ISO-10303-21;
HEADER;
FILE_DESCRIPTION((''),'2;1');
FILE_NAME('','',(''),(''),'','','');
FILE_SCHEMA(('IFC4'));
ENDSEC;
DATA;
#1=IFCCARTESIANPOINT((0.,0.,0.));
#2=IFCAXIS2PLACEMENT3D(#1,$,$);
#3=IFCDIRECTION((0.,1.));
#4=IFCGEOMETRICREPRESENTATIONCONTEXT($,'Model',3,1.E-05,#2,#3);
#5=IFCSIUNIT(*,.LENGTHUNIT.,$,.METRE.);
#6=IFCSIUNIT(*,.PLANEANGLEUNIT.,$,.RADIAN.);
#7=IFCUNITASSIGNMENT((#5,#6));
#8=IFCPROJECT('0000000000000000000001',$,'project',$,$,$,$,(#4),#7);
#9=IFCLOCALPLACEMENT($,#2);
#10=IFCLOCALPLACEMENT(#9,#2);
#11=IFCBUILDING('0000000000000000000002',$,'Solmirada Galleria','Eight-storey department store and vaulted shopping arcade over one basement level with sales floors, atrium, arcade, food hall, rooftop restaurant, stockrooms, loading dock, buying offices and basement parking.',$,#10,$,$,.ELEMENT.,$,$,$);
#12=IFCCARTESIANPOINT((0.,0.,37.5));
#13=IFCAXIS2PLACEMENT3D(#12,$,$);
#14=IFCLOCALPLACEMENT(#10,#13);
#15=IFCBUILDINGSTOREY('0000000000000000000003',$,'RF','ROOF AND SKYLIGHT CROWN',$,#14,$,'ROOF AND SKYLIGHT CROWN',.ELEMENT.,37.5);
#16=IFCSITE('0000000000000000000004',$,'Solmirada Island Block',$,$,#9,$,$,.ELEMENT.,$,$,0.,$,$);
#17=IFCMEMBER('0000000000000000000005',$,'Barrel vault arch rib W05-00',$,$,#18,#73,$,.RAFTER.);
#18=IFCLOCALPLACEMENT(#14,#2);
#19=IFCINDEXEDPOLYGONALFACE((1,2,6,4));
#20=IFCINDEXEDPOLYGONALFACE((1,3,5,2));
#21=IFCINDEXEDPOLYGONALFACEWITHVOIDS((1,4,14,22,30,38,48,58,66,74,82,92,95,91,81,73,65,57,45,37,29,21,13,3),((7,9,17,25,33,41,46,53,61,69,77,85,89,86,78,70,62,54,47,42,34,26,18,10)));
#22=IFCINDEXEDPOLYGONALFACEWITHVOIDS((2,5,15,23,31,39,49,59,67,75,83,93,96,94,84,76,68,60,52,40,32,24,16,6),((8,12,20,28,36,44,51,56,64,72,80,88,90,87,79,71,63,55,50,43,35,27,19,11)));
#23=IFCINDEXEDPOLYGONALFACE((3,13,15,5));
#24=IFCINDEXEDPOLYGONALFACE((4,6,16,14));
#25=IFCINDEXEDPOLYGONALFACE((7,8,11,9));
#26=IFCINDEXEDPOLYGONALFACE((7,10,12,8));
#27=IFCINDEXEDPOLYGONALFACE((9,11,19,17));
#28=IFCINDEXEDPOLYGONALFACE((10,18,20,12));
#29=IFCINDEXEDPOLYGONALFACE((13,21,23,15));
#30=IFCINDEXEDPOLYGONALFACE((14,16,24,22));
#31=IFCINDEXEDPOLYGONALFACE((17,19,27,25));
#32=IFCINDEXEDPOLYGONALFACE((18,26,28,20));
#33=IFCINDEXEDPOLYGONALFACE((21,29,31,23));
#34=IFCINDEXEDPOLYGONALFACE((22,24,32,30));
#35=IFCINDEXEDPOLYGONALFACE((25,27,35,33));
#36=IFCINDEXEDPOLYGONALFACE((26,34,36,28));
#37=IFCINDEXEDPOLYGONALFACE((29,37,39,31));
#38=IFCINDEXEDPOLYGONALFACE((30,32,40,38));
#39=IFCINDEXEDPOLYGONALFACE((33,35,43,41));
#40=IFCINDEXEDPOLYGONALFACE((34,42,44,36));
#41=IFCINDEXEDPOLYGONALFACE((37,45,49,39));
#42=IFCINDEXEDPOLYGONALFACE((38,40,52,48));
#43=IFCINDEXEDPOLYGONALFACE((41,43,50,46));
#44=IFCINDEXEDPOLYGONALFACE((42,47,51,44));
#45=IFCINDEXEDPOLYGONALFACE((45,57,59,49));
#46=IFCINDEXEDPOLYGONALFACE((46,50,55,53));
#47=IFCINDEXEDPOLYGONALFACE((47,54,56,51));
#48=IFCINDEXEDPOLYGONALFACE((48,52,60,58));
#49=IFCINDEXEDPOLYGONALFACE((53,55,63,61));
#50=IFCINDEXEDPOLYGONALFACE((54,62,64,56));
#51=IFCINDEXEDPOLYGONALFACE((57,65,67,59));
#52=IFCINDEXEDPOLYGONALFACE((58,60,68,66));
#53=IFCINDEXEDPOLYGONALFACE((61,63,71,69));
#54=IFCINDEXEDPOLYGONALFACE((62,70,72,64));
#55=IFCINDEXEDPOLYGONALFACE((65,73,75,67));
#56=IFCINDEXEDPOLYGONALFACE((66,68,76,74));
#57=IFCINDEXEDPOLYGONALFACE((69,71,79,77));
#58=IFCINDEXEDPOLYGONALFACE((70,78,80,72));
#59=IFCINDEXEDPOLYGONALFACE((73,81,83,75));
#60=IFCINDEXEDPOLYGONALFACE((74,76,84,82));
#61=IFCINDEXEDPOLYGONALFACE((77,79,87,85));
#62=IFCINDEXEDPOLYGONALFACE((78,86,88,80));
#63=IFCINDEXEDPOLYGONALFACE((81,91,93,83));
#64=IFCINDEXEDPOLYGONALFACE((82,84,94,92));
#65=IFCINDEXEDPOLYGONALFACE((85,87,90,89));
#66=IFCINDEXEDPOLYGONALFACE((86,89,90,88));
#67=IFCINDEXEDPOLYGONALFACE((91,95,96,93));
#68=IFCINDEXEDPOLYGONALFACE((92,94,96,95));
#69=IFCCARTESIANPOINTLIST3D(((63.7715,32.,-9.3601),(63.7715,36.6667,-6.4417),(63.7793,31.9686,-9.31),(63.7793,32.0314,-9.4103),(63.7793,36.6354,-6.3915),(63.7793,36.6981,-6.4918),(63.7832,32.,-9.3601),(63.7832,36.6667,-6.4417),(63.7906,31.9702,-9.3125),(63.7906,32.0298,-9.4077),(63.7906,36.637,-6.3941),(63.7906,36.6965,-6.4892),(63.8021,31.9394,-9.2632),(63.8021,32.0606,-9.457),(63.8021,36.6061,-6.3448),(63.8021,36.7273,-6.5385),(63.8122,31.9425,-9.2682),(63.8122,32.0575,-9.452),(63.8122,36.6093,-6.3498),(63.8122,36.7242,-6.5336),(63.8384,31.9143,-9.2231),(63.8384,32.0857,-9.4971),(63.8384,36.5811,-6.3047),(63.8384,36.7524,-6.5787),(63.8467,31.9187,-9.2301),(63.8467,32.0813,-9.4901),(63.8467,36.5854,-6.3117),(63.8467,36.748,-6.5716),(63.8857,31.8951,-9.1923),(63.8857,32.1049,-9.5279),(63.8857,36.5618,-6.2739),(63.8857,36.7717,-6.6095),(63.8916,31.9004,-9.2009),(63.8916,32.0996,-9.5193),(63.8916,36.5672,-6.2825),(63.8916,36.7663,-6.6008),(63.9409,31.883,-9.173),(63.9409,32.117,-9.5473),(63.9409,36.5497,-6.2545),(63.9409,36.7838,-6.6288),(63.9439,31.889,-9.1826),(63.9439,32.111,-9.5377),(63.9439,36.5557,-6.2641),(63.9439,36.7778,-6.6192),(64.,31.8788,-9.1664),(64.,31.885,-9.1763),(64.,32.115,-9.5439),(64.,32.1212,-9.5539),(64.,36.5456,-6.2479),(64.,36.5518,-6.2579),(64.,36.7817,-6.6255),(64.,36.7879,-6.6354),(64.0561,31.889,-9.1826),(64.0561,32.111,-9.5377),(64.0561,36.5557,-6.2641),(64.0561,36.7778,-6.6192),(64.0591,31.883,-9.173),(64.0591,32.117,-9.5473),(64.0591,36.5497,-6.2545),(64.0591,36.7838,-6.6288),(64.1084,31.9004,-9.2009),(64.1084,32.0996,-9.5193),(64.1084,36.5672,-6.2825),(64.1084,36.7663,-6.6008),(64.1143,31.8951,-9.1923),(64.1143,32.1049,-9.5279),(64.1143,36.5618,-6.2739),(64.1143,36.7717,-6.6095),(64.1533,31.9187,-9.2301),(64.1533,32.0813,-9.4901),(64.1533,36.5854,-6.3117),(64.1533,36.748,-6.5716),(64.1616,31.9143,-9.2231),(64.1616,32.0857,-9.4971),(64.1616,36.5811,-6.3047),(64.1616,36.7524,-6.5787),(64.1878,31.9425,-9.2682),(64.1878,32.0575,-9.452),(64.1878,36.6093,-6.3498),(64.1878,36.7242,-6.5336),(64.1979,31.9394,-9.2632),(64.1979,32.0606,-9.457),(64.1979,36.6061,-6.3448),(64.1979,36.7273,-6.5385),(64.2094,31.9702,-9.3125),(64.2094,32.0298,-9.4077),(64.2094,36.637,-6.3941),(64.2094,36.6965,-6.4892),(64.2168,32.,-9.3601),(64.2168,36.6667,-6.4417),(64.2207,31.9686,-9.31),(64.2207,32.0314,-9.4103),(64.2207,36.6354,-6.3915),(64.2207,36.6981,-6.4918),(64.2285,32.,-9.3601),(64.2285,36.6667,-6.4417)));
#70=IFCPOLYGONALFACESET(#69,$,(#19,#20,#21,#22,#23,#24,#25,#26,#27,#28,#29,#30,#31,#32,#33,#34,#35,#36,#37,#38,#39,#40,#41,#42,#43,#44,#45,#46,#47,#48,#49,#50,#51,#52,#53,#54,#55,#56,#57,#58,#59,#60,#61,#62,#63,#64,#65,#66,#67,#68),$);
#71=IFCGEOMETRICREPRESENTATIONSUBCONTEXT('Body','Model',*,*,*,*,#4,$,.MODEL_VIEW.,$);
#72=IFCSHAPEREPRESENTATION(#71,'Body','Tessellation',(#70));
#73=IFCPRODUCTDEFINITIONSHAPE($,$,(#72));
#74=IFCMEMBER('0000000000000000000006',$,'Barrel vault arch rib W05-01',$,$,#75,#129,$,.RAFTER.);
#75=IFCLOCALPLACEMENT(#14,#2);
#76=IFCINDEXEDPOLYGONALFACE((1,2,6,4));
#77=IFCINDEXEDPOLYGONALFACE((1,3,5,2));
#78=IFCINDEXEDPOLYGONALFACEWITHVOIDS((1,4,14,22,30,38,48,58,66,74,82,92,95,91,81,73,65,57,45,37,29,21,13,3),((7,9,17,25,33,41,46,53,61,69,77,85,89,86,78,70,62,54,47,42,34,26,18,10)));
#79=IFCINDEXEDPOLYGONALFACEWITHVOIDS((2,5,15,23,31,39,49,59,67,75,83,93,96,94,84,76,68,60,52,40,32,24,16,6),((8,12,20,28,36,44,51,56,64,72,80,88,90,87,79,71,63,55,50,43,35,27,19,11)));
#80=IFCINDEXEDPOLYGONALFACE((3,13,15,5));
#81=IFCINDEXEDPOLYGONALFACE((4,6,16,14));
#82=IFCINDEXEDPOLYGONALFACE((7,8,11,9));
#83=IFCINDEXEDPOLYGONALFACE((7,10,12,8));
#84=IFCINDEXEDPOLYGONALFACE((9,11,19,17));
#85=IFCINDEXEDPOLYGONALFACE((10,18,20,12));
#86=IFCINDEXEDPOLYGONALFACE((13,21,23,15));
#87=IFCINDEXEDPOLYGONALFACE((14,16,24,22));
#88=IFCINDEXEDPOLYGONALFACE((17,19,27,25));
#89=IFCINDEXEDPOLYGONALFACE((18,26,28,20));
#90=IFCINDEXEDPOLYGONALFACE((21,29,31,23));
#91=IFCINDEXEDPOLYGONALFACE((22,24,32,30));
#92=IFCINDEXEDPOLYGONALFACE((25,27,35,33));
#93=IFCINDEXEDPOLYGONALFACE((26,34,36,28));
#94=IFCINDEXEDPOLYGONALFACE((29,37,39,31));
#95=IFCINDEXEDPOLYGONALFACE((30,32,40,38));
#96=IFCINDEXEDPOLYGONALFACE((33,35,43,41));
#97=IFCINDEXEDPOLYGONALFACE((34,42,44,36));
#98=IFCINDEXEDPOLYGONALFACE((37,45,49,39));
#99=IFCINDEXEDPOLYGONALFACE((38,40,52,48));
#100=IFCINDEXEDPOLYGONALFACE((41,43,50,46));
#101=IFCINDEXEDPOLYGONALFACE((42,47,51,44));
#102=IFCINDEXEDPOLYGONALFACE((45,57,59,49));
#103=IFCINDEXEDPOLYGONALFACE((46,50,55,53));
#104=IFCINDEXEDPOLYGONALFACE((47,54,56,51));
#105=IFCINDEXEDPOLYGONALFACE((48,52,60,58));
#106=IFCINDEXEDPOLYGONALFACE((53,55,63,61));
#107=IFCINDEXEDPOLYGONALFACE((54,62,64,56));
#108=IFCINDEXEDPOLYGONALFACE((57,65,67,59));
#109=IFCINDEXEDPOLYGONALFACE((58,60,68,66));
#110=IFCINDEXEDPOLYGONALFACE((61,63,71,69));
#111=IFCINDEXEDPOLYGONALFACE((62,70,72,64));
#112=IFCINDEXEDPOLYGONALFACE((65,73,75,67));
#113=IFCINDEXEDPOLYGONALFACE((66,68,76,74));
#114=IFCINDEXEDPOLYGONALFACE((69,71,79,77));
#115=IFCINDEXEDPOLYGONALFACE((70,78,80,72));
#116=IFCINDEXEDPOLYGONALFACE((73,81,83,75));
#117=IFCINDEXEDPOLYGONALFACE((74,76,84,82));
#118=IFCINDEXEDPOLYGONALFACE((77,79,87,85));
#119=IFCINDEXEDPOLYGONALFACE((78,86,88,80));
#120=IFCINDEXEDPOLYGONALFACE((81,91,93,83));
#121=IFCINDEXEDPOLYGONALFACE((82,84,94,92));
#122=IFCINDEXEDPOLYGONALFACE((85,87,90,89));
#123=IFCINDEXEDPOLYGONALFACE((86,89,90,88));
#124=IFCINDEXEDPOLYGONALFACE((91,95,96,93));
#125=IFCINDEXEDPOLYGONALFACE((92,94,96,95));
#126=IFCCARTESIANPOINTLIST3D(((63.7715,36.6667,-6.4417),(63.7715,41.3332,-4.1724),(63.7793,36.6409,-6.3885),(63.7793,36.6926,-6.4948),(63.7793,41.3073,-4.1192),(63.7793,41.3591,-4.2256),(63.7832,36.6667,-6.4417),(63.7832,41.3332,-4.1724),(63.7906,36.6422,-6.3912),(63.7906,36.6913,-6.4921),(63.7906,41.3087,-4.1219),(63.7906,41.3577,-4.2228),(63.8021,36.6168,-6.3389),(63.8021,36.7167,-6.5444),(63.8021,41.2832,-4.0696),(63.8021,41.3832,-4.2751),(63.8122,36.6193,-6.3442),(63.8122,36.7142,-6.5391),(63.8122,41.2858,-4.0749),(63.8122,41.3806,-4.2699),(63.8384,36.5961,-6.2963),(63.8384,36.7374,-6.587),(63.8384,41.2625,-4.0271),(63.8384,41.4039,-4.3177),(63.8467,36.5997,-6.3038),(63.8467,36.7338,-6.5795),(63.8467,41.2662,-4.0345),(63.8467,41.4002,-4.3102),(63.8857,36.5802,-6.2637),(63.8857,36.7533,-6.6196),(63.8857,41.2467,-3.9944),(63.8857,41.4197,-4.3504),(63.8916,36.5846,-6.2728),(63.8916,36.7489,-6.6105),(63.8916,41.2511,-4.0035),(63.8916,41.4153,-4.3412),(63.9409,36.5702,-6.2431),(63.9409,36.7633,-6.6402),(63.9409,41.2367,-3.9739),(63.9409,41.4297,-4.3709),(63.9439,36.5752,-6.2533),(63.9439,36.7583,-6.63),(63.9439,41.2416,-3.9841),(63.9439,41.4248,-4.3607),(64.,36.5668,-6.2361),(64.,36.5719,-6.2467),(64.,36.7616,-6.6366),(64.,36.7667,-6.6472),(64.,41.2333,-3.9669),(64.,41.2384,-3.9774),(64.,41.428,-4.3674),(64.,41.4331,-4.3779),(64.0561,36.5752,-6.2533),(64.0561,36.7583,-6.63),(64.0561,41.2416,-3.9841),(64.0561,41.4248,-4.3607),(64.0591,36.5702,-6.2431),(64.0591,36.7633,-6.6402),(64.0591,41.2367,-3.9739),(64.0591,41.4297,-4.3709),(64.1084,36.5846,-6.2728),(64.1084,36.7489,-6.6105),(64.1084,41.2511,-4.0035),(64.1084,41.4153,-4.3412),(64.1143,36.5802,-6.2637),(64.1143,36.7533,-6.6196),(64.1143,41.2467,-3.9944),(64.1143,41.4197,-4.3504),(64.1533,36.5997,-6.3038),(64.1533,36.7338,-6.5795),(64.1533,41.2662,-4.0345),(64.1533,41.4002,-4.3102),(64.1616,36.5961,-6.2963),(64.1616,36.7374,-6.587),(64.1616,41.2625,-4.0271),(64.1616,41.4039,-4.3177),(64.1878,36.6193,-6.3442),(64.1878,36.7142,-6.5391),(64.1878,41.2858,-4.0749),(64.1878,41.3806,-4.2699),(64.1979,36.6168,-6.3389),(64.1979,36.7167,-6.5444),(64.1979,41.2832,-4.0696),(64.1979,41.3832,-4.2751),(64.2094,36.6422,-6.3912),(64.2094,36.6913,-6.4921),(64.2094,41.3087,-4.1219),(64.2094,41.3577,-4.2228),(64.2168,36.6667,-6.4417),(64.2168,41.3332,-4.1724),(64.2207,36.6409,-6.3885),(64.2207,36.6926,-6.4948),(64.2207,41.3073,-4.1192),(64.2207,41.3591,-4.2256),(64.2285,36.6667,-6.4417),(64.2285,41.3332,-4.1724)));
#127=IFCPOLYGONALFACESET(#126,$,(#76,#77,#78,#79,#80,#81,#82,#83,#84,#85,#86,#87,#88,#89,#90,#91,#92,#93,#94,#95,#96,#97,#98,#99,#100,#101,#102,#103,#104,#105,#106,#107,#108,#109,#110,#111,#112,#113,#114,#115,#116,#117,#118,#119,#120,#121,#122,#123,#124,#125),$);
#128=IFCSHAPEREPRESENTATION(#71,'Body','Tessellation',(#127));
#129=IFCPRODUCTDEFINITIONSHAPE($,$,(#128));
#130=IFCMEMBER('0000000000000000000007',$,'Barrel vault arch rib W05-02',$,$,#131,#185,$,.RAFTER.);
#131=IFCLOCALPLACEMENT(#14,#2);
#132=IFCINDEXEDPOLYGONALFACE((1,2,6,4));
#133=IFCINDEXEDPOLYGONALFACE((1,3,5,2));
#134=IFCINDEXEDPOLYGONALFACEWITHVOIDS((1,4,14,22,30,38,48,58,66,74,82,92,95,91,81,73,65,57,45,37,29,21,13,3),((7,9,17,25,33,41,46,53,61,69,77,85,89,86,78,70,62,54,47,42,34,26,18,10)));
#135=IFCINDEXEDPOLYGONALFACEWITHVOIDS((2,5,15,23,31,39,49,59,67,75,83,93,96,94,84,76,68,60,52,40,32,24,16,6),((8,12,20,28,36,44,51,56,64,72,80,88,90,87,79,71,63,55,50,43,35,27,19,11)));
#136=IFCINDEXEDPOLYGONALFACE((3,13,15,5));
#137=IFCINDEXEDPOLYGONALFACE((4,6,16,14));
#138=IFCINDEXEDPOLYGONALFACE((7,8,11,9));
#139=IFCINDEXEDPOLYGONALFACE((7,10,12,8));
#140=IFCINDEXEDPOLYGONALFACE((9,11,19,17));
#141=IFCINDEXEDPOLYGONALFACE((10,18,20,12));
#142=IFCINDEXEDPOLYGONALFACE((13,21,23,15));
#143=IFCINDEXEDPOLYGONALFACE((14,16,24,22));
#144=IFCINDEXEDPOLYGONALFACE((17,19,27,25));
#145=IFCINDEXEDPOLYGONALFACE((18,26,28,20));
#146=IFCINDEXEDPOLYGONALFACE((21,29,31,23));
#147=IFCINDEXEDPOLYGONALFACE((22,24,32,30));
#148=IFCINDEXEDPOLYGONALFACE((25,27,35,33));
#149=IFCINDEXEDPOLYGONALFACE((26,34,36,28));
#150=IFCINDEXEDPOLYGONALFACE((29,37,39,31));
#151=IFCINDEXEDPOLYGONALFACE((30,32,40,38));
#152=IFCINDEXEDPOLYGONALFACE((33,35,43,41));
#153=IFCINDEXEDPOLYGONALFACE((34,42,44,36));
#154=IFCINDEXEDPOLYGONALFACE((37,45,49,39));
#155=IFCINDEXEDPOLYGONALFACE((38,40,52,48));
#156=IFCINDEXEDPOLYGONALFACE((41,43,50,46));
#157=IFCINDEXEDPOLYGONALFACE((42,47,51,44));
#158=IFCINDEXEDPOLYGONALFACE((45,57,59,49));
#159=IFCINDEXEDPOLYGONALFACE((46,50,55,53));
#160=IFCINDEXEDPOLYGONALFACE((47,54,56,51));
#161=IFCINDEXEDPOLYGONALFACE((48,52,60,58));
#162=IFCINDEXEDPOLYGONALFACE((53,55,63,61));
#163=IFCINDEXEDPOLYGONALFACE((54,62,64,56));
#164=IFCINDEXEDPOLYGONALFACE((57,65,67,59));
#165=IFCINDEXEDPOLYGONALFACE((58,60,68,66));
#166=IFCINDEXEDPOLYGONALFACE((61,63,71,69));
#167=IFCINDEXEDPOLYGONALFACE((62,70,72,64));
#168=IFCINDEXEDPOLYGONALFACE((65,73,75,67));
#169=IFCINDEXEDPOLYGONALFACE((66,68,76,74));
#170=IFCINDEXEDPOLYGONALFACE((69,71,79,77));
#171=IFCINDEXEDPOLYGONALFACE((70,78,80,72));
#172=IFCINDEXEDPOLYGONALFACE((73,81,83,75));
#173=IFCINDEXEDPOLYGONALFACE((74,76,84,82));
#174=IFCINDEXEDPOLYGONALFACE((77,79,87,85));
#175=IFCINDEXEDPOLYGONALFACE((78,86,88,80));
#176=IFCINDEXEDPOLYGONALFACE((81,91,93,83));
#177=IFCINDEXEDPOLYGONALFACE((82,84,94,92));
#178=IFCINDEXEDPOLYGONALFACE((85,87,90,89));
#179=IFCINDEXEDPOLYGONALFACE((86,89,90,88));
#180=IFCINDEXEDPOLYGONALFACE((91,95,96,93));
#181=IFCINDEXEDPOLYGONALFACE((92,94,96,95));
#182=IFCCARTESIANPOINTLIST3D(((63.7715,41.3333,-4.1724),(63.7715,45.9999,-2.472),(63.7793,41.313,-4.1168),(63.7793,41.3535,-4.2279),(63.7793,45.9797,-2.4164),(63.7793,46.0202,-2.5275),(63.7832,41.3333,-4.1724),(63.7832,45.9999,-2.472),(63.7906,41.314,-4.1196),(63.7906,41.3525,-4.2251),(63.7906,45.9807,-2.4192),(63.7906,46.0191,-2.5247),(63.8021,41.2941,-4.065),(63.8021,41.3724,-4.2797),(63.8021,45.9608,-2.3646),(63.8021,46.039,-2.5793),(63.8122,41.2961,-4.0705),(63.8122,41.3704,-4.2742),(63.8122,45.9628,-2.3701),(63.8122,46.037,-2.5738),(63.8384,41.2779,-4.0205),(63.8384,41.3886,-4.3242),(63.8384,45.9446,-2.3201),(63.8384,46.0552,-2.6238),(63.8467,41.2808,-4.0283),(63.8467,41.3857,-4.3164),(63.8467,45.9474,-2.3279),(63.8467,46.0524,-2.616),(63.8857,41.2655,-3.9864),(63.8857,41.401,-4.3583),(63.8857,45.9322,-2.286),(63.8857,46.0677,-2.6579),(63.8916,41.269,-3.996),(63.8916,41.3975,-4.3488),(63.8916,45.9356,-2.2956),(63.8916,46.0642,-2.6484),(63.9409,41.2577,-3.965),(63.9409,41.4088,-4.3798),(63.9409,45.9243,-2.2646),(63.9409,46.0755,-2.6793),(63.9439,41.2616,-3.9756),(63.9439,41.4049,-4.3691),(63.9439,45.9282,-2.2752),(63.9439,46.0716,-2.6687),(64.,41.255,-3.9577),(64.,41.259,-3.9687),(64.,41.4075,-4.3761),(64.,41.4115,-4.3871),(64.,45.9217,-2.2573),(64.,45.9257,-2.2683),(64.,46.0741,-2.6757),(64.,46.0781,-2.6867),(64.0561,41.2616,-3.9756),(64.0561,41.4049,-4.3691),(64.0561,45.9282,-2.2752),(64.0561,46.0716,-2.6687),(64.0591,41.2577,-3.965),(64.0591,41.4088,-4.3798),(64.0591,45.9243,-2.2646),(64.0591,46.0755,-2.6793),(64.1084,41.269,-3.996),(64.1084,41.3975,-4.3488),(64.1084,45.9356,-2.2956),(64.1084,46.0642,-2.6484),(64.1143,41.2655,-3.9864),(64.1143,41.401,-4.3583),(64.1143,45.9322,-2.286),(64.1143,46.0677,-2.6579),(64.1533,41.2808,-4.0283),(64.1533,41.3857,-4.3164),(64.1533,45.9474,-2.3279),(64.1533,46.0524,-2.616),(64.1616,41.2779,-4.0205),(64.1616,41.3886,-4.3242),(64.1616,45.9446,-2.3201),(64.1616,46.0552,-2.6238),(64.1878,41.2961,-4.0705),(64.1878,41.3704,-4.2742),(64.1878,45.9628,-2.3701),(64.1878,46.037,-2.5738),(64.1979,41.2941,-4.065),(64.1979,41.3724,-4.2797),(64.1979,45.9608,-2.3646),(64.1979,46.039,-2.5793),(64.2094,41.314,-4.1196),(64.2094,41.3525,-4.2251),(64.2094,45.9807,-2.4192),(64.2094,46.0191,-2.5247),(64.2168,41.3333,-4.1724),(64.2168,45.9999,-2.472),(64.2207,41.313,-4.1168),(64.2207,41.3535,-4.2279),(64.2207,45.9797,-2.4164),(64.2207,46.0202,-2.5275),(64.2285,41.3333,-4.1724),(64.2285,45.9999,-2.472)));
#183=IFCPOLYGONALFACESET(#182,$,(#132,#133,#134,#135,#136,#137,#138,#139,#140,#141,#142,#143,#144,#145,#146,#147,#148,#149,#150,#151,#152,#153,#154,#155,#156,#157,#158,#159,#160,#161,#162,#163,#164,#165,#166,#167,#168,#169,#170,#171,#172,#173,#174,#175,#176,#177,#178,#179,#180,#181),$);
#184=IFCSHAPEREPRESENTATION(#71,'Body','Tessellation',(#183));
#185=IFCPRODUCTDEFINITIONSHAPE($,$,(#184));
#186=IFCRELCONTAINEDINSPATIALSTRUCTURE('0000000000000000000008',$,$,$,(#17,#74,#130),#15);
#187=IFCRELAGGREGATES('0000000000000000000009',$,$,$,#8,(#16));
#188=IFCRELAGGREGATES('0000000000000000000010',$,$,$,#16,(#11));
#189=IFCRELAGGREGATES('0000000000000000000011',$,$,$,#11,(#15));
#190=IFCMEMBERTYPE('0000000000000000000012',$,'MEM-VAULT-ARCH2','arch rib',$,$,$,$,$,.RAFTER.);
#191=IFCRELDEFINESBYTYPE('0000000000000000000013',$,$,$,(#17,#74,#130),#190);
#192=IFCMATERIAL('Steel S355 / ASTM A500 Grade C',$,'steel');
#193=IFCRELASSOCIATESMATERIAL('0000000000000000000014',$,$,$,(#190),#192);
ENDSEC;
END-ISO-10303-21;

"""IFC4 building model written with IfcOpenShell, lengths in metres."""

from ifc_helpers import new_model, si_unit, direction, frame, origin, origin_2d, place, context, subcontext, project, spatial, hollow_circle, extrude, material, material_profile, profile_set, type_object, element, save


model = new_model("IFC4")

# Units and contexts
model_context = context("Model", 3, precision=1e-05, world=origin(), true_north=direction((0.0, 1.0)))
body_context = subcontext(model_context, "Body", "Model", "MODEL_VIEW")
ifc_project = project(units=[si_unit("LENGTHUNIT", "METRE"), si_unit("PLANEANGLEUNIT", "RADIAN")], contexts=[model_context])

# Site, building, storey
site_placement = place(None, origin())
site = spatial("IfcSite", under=ifc_project, at=site_placement, Name="Solmirada Island Block", CompositionType="ELEMENT", RefElevation=0.0)
building_placement = place(site_placement, origin())
building = spatial("IfcBuilding", under=site, at=building_placement, Name="Solmirada Galleria", Description="Eight-storey department store and vaulted shopping arcade over one basement level with sales floors, atrium, arcade, food hall, rooftop restaurant, stockrooms, loading dock, buying offices and basement parking.", CompositionType="ELEMENT")
storey_placement = place(building_placement, frame((0.0, 0.0, 37.5)))
storey = spatial("IfcBuildingStorey", under=building, at=storey_placement, Name="RF", Description="ROOF AND SKYLIGHT CROWN", LongName="ROOF AND SKYLIGHT CROWN", CompositionType="ELEMENT", Elevation=37.5)

# Members
ifc_material_1 = material(Name="Steel S355 / ASTM A500 Grade C", Category="steel")
ifc_material_profile_1 = material_profile(ifc_material_1, hollow_circle(Radius=0.2285, WallThickness=0.0117, at=origin_2d()), Name="HSS18.000X0.500")
ifc_profile_set_1 = profile_set([ifc_material_profile_1], Name="Steel S355 / ASTM A500 Grade C")
member_type_1 = type_object("IfcMemberType", Name="MEM-VAULT-ARCH2", Description="arch rib", PredefinedType="RAFTER", material=ifc_profile_set_1)
member_1_placement = place(storey_placement, frame((64.0, 32.0, -9.3601), z_axis=(0.0, 0.847856, 0.530226), x_axis=(-1.0, 0.0, 0.0)))
element("IfcMember", 1, at=member_1_placement, inside=storey, type_object=member_type_1, Name="Barrel vault arch rib W05-00", PredefinedType="RAFTER", context=body_context, shape_type="SweptSolid", body=[
    extrude(hollow_circle(Radius=0.2285, WallThickness=0.0117, at=origin_2d()), origin(), (0.0, 0.0, 1.0), 5.5042),
])
member_2_placement = place(storey_placement, frame((64.0, 36.6667, -6.4417), z_axis=(0.0, 0.899304, 0.437325), x_axis=(-1.0, 0.0, 0.0)))
element("IfcMember", 2, at=member_2_placement, inside=storey, type_object=member_type_1, Name="Barrel vault arch rib W05-01", PredefinedType="RAFTER", context=body_context, shape_type="SweptSolid", body=[
    extrude(hollow_circle(Radius=0.2285, WallThickness=0.0117, at=origin_2d()), origin(), (0.0, 0.0, 1.0), 5.189),
])
member_3_placement = place(storey_placement, frame((64.0, 41.3333, -4.1724), z_axis=(0.0, 0.939571, 0.342355), x_axis=(-1.0, 0.0, 0.0)))
element("IfcMember", 3, at=member_3_placement, inside=storey, type_object=member_type_1, Name="Barrel vault arch rib W05-02", PredefinedType="RAFTER", context=body_context, shape_type="SweptSolid", body=[
    extrude(hollow_circle(Radius=0.2285, WallThickness=0.0117, at=origin_2d()), origin(), (0.0, 0.0, 1.0), 4.9668),
])

save(model, "model.ifc")
